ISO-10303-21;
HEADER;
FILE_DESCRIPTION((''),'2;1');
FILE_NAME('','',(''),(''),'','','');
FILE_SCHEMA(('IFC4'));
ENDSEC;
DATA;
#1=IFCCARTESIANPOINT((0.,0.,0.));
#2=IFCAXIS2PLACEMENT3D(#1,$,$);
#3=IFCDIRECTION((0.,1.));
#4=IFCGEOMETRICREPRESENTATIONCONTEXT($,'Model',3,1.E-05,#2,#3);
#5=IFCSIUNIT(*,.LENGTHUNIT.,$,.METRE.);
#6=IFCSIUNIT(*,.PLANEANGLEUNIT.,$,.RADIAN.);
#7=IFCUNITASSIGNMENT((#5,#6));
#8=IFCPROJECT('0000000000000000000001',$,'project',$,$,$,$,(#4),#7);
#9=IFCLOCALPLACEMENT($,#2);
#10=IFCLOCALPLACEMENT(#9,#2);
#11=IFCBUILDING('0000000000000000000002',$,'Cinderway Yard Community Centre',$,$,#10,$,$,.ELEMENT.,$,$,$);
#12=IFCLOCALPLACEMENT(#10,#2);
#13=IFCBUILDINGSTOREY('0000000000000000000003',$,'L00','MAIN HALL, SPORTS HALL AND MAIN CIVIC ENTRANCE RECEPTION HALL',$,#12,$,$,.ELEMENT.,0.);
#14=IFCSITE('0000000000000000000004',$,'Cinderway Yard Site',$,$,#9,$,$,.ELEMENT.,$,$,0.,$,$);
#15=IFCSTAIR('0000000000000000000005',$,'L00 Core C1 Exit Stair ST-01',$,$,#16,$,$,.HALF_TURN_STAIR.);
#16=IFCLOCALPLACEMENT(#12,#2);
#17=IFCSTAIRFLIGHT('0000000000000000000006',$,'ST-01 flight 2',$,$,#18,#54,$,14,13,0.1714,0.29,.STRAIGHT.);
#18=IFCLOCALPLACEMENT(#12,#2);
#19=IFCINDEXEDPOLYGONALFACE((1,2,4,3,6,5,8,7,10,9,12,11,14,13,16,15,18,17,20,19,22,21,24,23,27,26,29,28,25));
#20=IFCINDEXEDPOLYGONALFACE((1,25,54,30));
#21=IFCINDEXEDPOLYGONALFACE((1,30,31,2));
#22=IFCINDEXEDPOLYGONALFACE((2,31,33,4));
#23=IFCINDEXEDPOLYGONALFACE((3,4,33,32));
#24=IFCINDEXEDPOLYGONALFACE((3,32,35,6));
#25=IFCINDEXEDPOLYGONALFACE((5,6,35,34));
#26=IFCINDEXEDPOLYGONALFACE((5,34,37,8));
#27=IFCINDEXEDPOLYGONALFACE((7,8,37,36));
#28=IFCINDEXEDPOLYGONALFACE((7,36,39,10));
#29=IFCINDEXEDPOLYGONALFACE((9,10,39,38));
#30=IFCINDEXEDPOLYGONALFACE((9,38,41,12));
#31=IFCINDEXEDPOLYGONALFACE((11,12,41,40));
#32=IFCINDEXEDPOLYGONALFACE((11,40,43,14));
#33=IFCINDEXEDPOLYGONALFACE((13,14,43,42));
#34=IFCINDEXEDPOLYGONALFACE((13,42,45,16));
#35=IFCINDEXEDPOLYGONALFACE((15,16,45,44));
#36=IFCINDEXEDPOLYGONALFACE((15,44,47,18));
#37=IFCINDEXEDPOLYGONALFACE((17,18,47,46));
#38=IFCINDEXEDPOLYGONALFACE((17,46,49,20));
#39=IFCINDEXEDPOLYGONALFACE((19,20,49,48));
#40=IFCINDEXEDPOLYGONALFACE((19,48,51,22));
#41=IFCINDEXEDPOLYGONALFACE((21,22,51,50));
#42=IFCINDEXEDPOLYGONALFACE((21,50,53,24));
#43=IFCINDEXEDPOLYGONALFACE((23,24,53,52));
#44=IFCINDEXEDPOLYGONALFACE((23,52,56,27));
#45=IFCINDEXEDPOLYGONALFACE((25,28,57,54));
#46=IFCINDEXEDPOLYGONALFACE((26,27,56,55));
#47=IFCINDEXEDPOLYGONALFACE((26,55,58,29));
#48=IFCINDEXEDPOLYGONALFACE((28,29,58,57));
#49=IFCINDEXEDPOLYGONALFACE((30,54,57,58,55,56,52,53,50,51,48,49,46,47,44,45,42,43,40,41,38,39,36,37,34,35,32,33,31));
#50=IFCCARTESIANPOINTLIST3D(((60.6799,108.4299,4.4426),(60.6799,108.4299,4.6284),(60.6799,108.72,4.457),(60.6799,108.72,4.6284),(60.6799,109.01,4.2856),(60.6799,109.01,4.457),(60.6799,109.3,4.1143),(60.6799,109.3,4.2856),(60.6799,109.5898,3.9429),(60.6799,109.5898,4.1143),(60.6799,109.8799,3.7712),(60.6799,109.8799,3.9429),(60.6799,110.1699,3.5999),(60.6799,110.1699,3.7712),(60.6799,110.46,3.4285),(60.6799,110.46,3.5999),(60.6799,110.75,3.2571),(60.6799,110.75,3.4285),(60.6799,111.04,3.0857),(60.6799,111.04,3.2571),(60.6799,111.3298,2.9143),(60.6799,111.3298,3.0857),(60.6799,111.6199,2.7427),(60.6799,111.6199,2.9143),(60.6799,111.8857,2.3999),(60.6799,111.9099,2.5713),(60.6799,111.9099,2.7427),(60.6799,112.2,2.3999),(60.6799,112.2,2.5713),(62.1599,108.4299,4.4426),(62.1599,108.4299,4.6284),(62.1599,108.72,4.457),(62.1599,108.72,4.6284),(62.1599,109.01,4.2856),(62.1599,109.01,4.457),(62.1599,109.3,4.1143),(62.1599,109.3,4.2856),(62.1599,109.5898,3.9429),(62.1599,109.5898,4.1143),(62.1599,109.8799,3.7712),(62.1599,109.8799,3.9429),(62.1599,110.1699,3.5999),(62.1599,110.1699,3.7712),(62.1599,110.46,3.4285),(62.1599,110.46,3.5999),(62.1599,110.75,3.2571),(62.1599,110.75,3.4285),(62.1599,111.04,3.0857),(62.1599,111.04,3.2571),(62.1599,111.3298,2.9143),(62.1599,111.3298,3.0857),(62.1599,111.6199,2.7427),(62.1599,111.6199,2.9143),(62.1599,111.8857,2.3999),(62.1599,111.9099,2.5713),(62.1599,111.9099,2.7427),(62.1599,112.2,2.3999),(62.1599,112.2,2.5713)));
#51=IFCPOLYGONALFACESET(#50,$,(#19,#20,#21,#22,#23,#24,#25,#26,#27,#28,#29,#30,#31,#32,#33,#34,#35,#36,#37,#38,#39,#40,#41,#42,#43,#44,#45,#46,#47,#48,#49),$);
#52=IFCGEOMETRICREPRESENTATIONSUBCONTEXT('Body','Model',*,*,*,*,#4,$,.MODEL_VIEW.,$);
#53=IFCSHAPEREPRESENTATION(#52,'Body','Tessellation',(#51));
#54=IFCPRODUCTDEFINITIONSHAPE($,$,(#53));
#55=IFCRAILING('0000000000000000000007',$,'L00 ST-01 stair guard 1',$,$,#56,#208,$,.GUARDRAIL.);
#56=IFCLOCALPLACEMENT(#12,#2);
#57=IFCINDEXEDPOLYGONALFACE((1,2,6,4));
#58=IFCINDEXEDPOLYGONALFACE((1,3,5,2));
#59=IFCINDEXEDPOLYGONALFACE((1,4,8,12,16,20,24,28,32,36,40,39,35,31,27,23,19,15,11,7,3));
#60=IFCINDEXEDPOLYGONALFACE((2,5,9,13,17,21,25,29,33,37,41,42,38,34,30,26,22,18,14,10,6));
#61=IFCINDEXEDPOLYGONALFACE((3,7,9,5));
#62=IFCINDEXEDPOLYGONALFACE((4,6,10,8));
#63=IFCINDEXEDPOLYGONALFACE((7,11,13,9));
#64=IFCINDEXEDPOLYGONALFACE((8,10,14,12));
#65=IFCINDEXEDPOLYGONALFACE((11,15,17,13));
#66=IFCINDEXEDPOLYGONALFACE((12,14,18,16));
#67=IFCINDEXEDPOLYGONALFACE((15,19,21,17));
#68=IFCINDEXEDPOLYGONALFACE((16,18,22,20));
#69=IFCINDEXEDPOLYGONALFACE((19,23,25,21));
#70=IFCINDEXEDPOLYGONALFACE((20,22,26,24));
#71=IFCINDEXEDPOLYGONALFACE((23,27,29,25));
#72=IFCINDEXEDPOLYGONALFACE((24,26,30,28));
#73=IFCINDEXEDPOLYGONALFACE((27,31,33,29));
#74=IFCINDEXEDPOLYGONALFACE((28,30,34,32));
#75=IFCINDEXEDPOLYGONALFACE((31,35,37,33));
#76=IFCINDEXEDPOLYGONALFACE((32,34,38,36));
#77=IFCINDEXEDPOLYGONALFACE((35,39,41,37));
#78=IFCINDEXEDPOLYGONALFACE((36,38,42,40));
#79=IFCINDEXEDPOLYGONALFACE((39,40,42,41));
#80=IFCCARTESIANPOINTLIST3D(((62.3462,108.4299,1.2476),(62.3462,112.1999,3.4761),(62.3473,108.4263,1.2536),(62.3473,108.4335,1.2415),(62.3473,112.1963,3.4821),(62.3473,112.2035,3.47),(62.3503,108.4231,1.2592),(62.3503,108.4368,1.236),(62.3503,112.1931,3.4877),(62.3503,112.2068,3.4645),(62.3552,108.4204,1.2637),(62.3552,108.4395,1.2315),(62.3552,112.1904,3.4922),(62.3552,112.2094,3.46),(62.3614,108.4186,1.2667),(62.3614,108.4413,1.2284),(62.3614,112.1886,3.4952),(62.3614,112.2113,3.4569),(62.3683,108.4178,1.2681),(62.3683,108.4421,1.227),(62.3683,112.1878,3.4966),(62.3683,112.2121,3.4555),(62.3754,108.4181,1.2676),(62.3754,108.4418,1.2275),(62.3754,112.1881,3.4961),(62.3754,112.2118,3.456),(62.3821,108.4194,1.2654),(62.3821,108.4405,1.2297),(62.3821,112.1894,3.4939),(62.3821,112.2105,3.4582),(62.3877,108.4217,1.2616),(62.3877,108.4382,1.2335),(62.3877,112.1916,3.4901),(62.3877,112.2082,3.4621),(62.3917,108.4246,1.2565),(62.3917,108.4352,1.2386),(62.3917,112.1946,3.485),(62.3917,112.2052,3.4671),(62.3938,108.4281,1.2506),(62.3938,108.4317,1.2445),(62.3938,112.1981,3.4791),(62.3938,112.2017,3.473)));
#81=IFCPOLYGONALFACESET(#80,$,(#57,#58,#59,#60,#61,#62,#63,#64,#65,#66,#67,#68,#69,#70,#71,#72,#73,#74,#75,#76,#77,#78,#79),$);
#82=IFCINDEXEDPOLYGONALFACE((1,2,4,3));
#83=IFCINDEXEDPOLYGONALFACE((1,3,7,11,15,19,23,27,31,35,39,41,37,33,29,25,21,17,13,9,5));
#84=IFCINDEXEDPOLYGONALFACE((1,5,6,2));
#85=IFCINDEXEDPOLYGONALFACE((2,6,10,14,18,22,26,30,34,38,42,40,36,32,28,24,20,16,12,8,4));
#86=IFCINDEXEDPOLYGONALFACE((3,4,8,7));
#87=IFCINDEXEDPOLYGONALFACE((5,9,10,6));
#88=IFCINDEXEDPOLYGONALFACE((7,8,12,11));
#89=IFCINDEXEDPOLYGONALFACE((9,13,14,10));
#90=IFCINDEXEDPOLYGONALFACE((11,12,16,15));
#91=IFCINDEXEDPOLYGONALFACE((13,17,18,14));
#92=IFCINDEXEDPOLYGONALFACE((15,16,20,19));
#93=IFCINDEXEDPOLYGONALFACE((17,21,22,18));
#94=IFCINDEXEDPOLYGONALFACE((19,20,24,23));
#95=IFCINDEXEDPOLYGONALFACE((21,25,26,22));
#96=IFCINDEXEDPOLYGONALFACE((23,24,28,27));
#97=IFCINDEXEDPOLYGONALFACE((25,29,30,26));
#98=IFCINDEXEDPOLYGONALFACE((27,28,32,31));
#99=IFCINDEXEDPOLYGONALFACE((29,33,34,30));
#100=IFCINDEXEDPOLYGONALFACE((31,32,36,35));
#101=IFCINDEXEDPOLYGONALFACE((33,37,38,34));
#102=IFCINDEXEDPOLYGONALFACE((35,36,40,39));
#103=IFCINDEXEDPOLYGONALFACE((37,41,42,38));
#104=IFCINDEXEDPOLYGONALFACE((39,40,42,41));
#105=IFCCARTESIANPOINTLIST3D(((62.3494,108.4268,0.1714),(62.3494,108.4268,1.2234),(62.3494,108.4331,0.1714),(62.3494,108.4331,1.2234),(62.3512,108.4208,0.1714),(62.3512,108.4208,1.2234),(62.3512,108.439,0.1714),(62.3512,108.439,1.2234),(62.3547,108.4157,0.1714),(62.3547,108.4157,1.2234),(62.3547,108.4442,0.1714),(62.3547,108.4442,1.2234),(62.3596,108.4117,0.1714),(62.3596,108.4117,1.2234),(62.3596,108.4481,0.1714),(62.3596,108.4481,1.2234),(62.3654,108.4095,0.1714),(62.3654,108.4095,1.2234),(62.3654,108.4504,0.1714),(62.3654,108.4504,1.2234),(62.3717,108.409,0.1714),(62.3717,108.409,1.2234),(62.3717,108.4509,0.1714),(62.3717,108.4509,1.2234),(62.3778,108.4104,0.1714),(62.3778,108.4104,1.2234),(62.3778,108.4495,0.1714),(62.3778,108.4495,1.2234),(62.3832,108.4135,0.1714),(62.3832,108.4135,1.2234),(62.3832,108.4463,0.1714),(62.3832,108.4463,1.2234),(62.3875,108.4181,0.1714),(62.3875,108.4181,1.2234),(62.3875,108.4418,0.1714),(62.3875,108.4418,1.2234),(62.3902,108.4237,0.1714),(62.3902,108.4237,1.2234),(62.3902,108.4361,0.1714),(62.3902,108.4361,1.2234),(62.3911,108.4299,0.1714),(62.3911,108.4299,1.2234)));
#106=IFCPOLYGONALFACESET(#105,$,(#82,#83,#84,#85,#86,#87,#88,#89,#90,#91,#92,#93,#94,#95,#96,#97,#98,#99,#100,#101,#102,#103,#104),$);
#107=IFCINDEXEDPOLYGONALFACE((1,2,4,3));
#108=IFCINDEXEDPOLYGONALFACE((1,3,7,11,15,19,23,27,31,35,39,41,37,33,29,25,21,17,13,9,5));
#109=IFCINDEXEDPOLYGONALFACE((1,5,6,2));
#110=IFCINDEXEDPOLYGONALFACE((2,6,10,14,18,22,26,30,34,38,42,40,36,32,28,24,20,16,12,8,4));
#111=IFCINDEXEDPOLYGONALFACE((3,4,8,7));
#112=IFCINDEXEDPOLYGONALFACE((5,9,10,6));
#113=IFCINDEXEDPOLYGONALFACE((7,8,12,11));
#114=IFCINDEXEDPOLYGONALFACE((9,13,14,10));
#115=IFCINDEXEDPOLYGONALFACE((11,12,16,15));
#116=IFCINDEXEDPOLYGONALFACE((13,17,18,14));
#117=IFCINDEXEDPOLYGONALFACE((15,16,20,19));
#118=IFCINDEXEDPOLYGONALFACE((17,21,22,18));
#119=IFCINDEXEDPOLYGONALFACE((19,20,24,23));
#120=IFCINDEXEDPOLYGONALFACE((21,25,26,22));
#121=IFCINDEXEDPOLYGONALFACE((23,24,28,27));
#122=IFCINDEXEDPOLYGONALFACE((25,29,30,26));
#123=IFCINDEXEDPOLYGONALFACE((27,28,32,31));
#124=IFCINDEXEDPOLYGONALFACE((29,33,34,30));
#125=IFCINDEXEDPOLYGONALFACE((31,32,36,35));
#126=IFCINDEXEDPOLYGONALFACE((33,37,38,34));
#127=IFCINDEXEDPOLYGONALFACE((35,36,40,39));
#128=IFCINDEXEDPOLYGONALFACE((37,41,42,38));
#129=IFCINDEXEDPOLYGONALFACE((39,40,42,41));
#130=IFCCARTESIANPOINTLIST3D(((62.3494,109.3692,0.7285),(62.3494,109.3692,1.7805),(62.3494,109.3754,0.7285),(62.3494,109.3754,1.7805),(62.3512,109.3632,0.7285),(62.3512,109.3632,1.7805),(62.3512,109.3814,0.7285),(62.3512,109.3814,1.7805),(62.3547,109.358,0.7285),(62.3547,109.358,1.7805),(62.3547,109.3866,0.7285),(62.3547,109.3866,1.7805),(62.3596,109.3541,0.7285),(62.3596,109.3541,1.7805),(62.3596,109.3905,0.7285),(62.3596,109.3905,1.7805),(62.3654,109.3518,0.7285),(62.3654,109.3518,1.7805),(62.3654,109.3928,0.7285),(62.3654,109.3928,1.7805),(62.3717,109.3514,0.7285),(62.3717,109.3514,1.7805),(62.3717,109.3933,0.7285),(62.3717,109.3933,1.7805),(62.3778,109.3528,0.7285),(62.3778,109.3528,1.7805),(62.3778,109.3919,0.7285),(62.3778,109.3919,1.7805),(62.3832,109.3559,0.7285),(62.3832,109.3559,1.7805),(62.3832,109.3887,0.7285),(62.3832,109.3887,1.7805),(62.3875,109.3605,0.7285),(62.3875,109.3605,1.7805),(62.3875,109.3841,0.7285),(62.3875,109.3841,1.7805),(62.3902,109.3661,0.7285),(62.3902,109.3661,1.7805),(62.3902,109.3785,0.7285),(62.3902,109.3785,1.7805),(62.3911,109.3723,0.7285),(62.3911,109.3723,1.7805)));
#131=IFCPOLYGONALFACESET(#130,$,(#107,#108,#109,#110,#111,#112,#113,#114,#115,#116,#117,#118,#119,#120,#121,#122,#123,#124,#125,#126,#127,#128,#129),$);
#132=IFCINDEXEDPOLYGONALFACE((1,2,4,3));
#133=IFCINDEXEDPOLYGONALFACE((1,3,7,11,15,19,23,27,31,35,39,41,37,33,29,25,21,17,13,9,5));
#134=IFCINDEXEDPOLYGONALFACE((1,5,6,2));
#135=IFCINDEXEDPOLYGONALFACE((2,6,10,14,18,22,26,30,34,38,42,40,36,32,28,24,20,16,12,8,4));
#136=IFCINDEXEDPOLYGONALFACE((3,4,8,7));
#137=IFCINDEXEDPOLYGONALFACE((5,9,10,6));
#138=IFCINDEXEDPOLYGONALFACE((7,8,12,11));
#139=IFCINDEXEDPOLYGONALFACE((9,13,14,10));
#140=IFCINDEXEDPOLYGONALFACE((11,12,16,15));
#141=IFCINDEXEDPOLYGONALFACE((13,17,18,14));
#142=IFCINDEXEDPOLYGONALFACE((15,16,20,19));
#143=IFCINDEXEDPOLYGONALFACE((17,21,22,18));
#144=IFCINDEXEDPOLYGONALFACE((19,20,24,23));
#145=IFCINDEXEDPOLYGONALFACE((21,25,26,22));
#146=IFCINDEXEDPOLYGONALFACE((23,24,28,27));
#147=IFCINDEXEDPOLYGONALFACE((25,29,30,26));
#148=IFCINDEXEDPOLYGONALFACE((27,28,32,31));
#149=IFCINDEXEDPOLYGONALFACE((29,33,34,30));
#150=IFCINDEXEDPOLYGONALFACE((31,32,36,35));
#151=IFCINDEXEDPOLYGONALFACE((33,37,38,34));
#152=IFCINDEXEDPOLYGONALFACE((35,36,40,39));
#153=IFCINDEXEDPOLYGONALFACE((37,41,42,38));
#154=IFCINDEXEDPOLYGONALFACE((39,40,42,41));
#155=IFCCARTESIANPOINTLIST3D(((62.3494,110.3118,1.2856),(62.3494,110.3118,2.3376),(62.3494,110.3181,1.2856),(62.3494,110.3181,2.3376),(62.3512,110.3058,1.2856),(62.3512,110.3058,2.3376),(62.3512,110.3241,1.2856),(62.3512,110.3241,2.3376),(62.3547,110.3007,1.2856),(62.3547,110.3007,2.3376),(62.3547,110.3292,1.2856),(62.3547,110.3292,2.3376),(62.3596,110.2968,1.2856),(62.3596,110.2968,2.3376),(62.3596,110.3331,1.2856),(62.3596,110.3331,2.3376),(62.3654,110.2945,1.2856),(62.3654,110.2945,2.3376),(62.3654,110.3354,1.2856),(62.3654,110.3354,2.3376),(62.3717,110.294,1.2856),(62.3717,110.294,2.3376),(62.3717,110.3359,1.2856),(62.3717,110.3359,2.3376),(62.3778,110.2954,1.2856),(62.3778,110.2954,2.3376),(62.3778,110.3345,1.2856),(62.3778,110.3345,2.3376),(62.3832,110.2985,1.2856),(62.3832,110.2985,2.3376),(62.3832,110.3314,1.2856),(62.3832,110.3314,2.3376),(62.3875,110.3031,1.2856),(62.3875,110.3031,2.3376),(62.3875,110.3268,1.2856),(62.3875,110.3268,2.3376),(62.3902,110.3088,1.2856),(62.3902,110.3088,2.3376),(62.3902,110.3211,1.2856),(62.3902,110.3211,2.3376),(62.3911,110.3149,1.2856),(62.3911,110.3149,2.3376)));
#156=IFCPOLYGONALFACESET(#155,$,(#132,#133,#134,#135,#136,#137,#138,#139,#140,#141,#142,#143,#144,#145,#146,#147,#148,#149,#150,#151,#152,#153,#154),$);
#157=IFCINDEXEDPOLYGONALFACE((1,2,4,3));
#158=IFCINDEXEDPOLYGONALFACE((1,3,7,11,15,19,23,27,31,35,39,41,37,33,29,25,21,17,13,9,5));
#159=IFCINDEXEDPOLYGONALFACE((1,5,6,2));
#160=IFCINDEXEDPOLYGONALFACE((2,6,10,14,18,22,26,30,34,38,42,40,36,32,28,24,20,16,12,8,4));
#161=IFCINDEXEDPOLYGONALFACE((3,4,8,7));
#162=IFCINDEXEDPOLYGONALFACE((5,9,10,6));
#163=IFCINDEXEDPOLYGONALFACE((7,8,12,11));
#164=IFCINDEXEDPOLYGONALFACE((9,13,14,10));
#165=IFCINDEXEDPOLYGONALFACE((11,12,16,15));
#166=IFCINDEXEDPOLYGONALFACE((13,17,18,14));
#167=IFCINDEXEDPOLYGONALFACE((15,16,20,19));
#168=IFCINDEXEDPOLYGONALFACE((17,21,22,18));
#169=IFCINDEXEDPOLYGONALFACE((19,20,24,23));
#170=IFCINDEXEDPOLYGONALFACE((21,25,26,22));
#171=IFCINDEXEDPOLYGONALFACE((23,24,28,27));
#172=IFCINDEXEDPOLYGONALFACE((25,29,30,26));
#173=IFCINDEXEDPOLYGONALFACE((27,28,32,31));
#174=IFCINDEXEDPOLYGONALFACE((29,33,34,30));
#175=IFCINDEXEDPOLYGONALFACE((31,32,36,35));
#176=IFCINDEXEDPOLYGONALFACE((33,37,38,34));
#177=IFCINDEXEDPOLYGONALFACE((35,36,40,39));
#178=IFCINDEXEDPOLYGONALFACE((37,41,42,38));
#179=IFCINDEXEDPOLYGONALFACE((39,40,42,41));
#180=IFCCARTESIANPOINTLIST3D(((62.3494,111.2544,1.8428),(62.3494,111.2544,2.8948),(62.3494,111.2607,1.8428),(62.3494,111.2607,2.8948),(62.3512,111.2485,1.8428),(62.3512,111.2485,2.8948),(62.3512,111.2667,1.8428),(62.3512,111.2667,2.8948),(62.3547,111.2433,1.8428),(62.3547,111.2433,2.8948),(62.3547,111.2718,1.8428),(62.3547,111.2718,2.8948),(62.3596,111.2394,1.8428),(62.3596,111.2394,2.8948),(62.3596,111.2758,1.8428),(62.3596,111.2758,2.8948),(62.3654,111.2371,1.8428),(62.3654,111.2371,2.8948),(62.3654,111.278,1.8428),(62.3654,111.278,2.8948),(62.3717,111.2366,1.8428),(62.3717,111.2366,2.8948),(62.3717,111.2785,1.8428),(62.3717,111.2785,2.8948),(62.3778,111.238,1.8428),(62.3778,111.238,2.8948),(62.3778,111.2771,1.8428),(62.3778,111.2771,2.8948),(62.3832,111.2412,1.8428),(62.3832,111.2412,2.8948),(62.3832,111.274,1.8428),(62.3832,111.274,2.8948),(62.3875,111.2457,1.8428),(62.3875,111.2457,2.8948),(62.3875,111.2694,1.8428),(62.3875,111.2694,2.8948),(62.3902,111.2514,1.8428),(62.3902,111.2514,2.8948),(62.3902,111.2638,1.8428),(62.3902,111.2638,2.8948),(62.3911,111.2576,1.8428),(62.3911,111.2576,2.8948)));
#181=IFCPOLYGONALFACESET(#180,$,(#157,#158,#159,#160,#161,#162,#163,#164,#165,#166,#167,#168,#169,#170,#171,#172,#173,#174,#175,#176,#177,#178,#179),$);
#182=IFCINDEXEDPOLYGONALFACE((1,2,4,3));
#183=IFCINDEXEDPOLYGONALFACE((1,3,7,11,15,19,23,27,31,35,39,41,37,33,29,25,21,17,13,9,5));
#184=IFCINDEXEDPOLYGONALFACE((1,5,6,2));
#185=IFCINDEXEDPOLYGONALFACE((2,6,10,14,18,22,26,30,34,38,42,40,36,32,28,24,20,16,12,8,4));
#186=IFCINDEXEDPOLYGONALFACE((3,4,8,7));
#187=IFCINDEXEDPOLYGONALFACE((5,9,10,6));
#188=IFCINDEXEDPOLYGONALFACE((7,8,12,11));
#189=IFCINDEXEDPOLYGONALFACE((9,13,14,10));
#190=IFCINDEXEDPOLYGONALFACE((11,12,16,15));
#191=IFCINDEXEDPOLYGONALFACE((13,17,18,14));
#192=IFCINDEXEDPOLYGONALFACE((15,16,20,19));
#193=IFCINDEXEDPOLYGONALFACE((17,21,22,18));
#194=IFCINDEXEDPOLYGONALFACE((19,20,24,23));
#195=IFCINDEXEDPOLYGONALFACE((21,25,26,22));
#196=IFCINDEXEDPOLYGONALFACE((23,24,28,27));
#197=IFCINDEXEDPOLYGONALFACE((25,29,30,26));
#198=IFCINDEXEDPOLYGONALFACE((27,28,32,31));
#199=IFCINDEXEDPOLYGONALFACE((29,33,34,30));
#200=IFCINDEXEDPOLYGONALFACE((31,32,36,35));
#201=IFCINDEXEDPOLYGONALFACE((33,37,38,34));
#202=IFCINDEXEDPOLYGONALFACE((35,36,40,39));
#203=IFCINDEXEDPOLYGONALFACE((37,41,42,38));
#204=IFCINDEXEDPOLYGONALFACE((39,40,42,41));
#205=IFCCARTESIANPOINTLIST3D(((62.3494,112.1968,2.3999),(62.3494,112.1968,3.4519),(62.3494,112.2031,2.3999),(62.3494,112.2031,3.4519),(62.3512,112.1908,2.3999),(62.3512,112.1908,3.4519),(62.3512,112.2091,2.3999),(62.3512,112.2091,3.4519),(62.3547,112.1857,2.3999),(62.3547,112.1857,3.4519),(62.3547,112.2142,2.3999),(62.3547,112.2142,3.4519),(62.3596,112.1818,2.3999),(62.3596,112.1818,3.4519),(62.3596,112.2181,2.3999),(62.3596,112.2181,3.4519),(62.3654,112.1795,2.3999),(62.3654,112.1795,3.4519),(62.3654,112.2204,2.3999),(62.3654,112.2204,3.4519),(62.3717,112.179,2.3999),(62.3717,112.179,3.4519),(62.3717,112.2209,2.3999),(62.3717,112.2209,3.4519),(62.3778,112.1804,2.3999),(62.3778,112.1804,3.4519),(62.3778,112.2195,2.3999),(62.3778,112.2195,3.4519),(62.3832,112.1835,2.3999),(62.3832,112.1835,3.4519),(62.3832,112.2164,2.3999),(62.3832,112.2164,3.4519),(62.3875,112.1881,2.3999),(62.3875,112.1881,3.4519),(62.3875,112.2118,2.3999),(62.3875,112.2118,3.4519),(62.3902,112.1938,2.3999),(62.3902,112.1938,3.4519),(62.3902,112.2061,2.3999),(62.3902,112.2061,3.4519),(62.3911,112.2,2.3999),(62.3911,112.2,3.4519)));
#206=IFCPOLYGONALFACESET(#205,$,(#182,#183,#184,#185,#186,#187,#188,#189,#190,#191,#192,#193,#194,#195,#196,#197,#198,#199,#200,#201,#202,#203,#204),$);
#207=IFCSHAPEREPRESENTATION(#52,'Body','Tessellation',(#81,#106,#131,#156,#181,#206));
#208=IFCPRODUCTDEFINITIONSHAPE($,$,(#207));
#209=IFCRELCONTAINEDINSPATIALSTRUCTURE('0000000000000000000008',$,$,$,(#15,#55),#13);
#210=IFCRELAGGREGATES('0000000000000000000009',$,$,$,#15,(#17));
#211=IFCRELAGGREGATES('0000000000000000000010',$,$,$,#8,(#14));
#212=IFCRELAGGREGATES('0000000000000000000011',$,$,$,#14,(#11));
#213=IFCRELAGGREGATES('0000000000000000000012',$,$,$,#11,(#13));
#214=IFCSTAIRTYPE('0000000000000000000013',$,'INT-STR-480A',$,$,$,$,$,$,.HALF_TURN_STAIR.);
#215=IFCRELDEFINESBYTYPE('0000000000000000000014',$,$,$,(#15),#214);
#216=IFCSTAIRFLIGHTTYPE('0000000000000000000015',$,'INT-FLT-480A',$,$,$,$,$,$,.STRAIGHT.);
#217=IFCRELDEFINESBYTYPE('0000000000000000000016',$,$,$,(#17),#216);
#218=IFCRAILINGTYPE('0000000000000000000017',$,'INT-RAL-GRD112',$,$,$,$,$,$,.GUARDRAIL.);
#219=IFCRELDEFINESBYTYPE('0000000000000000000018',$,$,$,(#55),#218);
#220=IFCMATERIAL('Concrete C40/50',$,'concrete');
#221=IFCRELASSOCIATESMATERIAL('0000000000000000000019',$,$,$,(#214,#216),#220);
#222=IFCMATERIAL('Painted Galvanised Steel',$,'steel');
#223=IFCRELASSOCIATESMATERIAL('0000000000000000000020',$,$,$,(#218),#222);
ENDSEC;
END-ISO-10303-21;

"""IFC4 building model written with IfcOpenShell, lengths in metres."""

from ifc_helpers import new_model, si_unit, direction, frame, origin, origin_2d, place, context, subcontext, project, spatial, polyline, circle, outline, extrude, material, type_object, element, aggregate, save


model = new_model("IFC4")

# Units and contexts
model_context = context("Model", 3, precision=1e-05, world=origin(), true_north=direction((0.0, 1.0)))
body_context = subcontext(model_context, "Body", "Model", "MODEL_VIEW")
ifc_project = project(units=[si_unit("LENGTHUNIT", "METRE"), si_unit("PLANEANGLEUNIT", "RADIAN")], contexts=[model_context])

# Site, building, storey
site_placement = place(None, origin())
site = spatial("IfcSite", under=ifc_project, at=site_placement, Name="Cinderway Yard Site", CompositionType="ELEMENT", RefElevation=0.0)
building_placement = place(site_placement, origin())
building = spatial("IfcBuilding", under=site, at=building_placement, Name="Cinderway Yard Community Centre", CompositionType="ELEMENT")
storey_placement = place(building_placement, origin())
storey = spatial("IfcBuildingStorey", under=building, at=storey_placement, Name="L00", Description="MAIN HALL, SPORTS HALL AND MAIN CIVIC ENTRANCE RECEPTION HALL", CompositionType="ELEMENT", Elevation=0.0)

# Shared definitions
ifc_material_1 = material(Name="Concrete C40/50", Category="concrete")

# Stair, stair flight
stair_type = type_object("IfcStairType", Name="INT-STR-480A", PredefinedType="HALF_TURN_STAIR", material=ifc_material_1)
stair_placement = place(storey_placement, origin())
stair = element("IfcStair", 1, at=stair_placement, inside=storey, type_object=stair_type, Name="L00 Core C1 Exit Stair ST-01", PredefinedType="HALF_TURN_STAIR")
stair_flight_type = type_object("IfcStairFlightType", Name="INT-FLT-480A", PredefinedType="STRAIGHT", material=ifc_material_1)
stair_flight_placement = place(storey_placement, frame((61.4199, 112.2, 2.3999), z_axis=(0.0, 0.0, 1.0), x_axis=(0.0, -1.0, 0.0)))
stair_flight = element("IfcStairFlight", 2, at=stair_flight_placement, type_object=stair_flight_type, Name="ST-01 flight 2", NumberOfRisers=14, NumberOfTreads=13, PredefinedType="STRAIGHT", RiserHeight=0.1714, TreadLength=0.29, context=body_context, shape_type="SweptSolid", body=[
    extrude(outline(polyline([(0.0, 0.0), (0.0, 0.1714), (0.29, 0.1714), (0.29, 0.3428), (0.5801, 0.3428), (0.5801, 0.5144), (0.8701, 0.5144), (0.8701, 0.6858), (1.1599, 0.6858), (1.1599, 0.8572), (1.45, 0.8572), (1.45, 1.0286), (1.74, 1.0286), (1.74, 1.2), (2.03, 1.2), (2.03, 1.3713), (2.3201, 1.3713), (2.3201, 1.543), (2.6101, 1.543), (2.6101, 1.7144), (2.8999, 1.7144), (2.8999, 1.8857), (3.1899, 1.8857), (3.1899, 2.0571), (3.48, 2.0571), (3.48, 2.2285), (3.77, 2.2285), (3.77, 2.3999), (3.77, 2.0427), (0.3142, 0.0), (0.0, 0.0)])), frame((0.0, 0.74, 0.0), z_axis=(0.0, -1.0, 0.0), x_axis=(1.0, 0.0, 0.0)), (0.0, 0.0, 1.0), 1.48),
])
aggregate(stair, [stair_flight])

# Railing
ifc_material_2 = material(Name="Painted Galvanised Steel", Category="steel")
railing_type_1 = type_object("IfcRailingType", Name="INT-RAL-GRD112", PredefinedType="GUARDRAIL", material=ifc_material_2)
railing_1_placement = place(storey_placement, frame((62.3701, 108.4299, 0.1714)))
element("IfcRailing", 3, at=railing_1_placement, inside=storey, type_object=railing_type_1, Name="L00 ST-01 stair guard 1", PredefinedType="GUARDRAIL", context=body_context, shape_type="SweptSolid", body=[
    extrude(circle(Radius=0.0239, at=origin_2d()), frame((0.0, 0.0, 1.0762), z_axis=(0.0, 0.860849, 0.508861), x_axis=(-1.0, 0.0, 0.0)), (0.0, 0.0, 1.0), 4.3794),
    extrude(circle(Radius=0.021, at=origin_2d()), origin(), (0.0, 0.0, 1.0), 1.052),
    extrude(circle(Radius=0.021, at=origin_2d()), frame((0.0, 0.9424, 0.5571)), (0.0, 0.0, 1.0), 1.052),
    extrude(circle(Radius=0.021, at=origin_2d()), frame((0.0, 1.885, 1.1143)), (0.0, 0.0, 1.0), 1.052),
    extrude(circle(Radius=0.021, at=origin_2d()), frame((0.0, 2.8276, 1.6714)), (0.0, 0.0, 1.0), 1.052),
    extrude(circle(Radius=0.021, at=origin_2d()), frame((0.0, 3.77, 2.2285)), (0.0, 0.0, 1.0), 1.052),
])

save(model, "model.ifc")
